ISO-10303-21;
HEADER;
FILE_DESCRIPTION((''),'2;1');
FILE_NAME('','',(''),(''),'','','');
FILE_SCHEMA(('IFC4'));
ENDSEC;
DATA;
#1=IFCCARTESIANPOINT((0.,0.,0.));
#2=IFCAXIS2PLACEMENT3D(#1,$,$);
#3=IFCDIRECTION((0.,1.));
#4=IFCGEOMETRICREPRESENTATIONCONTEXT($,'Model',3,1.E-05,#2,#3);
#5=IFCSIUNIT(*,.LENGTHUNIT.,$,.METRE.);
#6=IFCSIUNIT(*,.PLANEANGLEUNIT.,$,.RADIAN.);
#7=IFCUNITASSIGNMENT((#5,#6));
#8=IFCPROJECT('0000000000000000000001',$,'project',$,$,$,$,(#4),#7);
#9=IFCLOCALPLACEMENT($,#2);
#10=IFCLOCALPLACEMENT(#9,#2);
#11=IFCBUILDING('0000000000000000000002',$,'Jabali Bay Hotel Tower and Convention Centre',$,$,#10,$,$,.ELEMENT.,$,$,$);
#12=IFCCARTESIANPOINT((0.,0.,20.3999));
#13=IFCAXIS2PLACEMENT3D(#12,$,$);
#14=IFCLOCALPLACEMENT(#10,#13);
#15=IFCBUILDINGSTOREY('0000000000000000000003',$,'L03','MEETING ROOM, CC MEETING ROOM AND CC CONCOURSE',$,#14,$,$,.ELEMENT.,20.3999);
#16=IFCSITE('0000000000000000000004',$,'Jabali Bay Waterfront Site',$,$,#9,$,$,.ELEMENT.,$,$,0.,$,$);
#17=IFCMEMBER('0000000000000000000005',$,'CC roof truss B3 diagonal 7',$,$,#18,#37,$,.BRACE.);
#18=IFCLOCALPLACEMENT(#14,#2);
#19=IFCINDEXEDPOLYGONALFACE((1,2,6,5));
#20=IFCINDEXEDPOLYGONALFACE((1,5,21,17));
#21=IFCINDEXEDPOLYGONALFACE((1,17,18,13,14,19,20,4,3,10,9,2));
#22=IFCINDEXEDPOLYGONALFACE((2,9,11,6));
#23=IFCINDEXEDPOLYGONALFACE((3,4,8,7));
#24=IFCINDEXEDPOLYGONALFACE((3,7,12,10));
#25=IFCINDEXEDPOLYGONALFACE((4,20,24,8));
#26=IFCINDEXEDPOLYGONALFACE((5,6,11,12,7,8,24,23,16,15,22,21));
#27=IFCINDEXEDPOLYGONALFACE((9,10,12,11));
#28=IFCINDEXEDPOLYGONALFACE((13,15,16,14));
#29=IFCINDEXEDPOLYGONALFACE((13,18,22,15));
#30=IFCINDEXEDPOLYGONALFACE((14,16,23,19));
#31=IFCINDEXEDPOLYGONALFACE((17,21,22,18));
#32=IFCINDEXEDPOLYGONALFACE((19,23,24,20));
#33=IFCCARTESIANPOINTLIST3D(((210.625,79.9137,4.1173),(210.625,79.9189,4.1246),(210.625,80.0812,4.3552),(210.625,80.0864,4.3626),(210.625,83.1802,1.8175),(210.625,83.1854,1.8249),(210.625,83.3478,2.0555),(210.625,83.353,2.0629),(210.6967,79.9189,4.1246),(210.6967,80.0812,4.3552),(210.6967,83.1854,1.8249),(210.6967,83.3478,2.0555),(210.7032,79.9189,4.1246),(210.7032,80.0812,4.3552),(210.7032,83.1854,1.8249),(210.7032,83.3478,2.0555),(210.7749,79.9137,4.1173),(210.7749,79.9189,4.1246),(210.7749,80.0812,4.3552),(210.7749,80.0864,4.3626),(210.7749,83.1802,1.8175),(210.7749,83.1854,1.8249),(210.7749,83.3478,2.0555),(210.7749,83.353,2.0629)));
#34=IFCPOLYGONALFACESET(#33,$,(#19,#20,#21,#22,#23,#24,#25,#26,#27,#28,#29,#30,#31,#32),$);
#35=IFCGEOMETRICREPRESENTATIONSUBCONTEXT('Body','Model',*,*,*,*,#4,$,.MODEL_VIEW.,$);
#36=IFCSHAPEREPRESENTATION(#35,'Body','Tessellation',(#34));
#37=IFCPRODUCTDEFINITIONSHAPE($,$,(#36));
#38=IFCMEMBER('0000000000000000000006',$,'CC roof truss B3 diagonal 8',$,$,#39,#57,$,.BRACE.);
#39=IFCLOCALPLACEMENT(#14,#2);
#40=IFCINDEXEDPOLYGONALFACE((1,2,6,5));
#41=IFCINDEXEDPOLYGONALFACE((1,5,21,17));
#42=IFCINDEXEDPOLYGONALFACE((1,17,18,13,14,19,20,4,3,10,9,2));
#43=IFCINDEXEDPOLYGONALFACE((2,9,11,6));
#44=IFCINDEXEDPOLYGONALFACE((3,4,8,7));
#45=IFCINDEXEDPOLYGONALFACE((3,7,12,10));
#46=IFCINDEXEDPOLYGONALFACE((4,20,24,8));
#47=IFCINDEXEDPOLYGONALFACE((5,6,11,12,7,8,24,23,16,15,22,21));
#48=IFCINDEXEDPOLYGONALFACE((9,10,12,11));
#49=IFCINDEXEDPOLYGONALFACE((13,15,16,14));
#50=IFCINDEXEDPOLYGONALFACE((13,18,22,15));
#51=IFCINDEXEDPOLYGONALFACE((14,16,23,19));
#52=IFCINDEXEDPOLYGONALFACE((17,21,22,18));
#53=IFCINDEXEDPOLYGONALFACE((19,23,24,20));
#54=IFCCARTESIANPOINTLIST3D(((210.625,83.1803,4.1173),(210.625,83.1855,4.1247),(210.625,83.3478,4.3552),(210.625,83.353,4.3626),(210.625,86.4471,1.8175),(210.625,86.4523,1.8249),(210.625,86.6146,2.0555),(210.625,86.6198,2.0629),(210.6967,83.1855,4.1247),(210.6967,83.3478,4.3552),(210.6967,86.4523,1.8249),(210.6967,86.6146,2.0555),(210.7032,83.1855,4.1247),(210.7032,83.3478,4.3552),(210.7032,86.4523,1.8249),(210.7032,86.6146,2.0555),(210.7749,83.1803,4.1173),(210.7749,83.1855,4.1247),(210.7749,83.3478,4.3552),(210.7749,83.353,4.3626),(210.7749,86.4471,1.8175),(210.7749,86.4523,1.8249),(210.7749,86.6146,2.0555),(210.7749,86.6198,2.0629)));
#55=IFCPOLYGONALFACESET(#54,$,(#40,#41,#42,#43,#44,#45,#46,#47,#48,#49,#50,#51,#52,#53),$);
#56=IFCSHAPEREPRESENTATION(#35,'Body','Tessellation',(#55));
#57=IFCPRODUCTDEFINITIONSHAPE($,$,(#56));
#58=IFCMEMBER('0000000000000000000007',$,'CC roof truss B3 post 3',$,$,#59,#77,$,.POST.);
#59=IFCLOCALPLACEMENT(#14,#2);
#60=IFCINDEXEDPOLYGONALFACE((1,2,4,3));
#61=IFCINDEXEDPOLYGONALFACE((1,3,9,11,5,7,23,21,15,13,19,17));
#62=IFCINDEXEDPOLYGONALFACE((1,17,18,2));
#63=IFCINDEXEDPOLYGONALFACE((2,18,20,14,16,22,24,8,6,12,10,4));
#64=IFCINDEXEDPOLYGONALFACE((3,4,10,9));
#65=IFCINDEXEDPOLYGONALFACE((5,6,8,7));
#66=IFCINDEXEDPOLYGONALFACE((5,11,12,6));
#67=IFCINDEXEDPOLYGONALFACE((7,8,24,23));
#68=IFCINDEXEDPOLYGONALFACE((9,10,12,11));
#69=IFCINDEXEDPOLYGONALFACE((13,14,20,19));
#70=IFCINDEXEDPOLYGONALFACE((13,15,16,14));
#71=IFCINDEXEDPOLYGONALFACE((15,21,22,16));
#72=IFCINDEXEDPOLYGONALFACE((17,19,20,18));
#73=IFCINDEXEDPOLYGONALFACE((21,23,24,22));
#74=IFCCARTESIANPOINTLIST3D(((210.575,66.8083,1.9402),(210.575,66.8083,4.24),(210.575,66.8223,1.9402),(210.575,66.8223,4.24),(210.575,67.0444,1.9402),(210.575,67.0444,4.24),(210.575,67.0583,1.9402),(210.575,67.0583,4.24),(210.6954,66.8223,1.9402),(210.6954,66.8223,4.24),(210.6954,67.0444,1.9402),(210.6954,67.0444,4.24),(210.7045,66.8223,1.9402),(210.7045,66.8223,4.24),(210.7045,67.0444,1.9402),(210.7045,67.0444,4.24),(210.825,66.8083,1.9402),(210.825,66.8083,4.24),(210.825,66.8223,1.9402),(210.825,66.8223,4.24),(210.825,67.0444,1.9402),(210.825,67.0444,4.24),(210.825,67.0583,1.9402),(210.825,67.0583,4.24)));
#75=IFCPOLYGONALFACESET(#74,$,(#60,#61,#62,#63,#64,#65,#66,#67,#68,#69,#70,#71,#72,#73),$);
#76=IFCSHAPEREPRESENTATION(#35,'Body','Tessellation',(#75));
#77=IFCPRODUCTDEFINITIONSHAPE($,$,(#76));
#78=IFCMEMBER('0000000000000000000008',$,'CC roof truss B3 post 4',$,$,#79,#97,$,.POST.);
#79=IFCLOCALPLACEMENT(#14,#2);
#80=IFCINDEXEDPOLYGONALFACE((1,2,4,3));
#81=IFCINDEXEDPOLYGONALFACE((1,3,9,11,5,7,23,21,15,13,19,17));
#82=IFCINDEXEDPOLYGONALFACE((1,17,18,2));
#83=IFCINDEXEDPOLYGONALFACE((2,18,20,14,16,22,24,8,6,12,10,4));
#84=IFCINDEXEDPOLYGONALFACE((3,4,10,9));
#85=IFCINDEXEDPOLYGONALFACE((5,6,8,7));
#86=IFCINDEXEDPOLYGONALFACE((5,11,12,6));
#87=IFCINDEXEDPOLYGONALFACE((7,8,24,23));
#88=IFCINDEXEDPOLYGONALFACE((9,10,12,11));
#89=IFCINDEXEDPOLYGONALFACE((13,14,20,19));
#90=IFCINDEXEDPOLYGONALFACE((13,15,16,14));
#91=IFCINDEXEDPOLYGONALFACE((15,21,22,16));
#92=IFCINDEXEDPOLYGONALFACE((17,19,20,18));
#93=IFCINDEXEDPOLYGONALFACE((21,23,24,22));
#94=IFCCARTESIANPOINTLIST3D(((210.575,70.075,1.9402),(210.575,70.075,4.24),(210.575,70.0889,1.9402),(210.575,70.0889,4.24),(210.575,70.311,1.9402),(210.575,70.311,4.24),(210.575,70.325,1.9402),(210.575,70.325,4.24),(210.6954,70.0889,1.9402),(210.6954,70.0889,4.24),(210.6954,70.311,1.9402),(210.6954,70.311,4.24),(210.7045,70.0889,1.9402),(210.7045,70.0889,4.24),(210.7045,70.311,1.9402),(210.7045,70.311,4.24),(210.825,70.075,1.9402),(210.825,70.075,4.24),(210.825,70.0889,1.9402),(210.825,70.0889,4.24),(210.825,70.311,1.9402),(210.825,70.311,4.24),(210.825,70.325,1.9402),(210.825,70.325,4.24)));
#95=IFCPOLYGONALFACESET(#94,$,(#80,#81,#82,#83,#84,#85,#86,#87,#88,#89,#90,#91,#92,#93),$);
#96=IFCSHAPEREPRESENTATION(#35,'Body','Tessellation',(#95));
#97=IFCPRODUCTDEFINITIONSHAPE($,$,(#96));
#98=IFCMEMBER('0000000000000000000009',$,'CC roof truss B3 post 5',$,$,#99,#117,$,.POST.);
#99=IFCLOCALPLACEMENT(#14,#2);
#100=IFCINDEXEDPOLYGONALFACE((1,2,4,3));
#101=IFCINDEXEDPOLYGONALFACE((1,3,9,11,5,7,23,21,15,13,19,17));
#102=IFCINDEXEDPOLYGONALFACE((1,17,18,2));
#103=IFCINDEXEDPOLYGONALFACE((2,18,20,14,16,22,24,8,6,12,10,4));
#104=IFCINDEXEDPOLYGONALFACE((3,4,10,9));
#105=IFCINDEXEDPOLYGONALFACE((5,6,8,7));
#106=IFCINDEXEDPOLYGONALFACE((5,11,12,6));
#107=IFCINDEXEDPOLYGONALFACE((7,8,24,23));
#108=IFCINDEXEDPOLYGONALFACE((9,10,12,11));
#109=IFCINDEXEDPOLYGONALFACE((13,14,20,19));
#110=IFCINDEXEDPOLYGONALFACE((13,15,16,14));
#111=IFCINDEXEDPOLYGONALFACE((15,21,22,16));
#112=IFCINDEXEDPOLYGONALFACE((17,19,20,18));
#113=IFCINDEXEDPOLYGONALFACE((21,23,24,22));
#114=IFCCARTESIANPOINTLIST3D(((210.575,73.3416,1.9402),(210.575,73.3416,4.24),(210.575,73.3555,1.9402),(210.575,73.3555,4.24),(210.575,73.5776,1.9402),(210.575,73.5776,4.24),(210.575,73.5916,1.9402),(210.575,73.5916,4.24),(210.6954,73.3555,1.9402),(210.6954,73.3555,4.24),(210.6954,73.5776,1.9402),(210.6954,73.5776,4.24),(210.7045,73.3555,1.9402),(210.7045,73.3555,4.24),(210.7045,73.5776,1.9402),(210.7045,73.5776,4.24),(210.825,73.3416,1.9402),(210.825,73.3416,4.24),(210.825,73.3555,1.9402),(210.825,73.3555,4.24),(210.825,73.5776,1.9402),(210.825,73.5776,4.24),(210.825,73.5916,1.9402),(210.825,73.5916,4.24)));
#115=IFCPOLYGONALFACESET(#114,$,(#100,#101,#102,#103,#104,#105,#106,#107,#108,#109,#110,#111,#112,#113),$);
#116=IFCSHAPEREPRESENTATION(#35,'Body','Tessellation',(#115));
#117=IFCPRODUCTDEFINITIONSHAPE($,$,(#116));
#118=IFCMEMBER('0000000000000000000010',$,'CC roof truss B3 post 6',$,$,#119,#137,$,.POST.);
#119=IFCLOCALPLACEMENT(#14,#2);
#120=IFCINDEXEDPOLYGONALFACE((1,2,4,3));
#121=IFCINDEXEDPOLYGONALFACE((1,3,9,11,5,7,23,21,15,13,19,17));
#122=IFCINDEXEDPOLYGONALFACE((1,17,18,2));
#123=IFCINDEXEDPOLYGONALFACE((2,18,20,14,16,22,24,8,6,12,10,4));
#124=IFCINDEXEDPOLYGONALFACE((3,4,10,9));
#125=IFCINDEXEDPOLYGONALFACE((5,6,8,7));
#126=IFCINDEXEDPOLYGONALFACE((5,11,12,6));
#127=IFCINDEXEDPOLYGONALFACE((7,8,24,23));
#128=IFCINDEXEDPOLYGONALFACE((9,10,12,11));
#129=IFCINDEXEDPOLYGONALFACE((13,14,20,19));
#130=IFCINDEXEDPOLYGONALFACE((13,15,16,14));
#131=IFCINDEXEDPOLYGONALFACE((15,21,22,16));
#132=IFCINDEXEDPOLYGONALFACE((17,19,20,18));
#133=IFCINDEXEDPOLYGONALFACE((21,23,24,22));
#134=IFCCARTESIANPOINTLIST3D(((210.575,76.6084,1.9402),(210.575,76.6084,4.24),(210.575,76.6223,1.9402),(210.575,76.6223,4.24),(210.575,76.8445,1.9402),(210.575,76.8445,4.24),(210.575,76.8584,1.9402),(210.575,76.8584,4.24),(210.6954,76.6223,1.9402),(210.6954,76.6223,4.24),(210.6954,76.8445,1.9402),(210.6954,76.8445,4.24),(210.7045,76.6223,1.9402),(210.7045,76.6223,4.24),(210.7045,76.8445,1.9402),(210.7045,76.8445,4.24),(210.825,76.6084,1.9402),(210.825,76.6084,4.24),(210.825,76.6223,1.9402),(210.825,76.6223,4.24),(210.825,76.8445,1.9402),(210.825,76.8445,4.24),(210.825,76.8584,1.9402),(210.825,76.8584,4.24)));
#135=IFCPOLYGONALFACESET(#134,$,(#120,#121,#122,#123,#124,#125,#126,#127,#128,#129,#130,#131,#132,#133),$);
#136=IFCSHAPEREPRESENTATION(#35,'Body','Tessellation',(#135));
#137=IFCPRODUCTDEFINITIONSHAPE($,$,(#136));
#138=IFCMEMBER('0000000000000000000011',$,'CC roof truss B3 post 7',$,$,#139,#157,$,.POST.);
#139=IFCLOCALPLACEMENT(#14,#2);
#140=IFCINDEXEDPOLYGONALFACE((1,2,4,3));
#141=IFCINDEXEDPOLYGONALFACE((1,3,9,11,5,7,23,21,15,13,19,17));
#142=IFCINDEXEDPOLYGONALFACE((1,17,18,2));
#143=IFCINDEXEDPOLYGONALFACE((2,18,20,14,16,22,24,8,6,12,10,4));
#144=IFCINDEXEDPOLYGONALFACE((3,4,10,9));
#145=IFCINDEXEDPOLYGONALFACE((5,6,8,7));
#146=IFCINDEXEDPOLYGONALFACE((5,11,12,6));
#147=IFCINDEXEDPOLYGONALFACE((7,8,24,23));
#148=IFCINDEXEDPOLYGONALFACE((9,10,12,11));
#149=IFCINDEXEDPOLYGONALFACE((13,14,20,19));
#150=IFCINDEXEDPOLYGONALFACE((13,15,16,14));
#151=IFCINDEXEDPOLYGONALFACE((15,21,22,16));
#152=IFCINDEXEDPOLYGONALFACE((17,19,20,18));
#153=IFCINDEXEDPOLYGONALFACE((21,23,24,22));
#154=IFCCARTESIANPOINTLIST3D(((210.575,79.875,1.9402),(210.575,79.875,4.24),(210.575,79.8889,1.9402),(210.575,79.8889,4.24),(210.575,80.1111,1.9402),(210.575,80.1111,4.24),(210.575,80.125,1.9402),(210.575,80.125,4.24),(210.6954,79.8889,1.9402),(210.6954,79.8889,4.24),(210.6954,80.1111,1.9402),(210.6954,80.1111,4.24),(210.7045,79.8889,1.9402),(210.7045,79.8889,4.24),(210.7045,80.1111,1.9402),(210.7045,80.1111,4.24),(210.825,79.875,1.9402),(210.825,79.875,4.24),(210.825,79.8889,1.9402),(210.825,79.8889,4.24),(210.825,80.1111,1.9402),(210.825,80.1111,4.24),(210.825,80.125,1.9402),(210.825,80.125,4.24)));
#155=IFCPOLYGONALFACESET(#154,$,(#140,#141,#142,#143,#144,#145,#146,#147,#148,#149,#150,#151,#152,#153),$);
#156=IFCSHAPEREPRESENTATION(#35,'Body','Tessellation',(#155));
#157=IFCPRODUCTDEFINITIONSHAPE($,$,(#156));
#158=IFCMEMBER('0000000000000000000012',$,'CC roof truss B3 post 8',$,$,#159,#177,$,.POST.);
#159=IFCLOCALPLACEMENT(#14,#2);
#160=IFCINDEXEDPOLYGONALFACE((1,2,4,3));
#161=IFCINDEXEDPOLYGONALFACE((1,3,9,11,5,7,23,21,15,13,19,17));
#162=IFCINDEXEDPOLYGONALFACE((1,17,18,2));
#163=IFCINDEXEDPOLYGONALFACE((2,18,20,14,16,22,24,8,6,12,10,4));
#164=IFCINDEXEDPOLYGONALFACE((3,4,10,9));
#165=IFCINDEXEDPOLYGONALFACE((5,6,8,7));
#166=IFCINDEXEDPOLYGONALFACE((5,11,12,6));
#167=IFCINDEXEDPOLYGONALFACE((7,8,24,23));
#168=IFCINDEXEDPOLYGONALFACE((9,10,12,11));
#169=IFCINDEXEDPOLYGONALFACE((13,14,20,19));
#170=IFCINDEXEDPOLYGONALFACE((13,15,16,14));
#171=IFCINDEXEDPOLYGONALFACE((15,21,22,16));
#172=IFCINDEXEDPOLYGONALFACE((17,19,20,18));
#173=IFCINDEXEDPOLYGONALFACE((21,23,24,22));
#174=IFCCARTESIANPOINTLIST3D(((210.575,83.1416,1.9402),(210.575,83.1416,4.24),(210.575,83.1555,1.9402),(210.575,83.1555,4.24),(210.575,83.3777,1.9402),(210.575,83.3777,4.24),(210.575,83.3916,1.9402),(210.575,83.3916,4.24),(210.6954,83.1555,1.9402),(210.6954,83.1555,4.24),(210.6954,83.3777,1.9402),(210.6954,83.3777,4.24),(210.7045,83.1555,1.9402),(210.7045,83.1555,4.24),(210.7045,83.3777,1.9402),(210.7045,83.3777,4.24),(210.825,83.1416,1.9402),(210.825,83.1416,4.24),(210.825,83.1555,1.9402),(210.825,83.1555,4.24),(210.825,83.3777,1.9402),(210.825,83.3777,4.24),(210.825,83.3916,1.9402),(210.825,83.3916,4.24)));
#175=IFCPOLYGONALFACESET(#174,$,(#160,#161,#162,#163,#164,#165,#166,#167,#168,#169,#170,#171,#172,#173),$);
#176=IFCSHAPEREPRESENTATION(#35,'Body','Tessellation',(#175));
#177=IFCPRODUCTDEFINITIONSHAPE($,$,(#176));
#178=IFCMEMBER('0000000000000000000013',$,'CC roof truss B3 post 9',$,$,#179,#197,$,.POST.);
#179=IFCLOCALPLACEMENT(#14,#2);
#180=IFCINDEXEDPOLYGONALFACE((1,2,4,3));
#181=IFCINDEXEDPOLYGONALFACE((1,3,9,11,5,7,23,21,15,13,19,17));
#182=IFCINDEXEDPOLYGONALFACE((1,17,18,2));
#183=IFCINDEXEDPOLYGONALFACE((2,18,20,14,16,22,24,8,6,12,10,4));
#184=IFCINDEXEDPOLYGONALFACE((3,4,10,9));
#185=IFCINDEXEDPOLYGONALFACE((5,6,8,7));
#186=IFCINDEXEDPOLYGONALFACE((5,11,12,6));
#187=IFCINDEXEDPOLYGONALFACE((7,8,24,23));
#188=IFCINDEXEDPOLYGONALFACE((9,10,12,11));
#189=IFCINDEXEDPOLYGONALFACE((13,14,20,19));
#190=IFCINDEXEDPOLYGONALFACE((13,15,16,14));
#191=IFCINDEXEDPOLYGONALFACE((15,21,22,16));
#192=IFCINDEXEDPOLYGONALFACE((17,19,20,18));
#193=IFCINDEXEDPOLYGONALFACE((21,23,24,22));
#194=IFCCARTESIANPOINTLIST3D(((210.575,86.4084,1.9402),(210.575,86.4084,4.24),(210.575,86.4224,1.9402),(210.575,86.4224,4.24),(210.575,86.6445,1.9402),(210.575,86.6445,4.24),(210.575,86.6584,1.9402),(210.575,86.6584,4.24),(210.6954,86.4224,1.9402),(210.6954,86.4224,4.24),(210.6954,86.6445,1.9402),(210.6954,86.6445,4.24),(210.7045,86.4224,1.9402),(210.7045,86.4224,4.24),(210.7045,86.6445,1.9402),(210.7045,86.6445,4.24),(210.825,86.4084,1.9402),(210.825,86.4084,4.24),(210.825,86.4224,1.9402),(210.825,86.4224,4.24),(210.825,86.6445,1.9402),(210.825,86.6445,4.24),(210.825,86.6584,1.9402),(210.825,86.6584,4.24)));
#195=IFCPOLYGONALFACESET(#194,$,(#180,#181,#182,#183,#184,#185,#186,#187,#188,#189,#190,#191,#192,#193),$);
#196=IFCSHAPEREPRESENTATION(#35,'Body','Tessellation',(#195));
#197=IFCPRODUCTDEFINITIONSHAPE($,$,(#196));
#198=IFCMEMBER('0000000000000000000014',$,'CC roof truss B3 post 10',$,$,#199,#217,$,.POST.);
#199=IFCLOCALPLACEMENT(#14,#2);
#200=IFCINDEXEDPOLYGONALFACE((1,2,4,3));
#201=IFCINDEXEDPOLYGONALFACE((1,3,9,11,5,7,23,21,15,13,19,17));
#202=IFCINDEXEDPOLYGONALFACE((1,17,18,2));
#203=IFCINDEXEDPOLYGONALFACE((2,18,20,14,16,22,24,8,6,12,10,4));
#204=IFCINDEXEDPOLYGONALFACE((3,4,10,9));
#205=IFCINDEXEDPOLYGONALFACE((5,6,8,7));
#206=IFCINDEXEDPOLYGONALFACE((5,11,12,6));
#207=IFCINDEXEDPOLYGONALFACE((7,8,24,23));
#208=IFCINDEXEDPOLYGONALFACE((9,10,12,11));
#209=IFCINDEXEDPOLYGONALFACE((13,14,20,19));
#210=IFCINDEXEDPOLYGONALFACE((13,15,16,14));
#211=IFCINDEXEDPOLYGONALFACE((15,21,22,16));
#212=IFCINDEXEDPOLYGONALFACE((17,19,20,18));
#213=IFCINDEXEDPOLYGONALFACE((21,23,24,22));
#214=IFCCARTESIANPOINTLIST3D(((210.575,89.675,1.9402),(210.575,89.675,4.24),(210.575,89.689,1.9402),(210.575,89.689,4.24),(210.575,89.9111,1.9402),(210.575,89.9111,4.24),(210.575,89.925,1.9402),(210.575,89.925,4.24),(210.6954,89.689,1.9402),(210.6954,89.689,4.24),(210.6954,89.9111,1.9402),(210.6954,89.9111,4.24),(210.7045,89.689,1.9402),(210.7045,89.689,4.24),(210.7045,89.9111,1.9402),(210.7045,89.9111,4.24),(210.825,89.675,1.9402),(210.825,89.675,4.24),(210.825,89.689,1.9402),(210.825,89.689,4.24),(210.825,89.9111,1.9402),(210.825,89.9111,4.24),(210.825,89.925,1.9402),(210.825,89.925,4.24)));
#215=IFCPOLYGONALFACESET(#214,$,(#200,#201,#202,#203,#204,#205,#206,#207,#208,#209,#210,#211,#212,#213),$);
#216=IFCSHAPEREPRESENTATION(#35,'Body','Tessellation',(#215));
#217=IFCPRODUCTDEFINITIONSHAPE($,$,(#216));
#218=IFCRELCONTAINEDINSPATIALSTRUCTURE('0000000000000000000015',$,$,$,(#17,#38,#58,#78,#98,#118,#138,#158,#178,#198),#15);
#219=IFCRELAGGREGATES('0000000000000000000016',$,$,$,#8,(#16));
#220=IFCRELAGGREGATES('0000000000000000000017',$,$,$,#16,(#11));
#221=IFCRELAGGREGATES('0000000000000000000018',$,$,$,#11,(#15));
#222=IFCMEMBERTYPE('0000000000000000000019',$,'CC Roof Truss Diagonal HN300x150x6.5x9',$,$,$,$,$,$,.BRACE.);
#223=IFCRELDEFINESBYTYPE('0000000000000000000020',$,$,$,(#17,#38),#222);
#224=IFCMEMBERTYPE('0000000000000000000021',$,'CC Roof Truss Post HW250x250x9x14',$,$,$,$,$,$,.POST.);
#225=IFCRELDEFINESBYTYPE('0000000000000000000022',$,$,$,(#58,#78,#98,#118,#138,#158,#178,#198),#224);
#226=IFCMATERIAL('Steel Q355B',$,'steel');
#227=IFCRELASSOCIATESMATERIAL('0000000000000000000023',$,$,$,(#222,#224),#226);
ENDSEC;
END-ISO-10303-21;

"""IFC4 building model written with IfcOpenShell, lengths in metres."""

from ifc_helpers import new_model, si_unit, direction, frame, origin, origin_2d, place, context, subcontext, project, spatial, i_section, extrude, material, material_profile, profile_set, type_object, element, save


model = new_model("IFC4")

# Units and contexts
model_context = context("Model", 3, precision=1e-05, world=origin(), true_north=direction((0.0, 1.0)))
body_context = subcontext(model_context, "Body", "Model", "MODEL_VIEW")
ifc_project = project(units=[si_unit("LENGTHUNIT", "METRE"), si_unit("PLANEANGLEUNIT", "RADIAN")], contexts=[model_context])

# Site, building, storey
site_placement = place(None, origin())
site = spatial("IfcSite", under=ifc_project, at=site_placement, Name="Jabali Bay Waterfront Site", CompositionType="ELEMENT", RefElevation=0.0)
building_placement = place(site_placement, origin())
building = spatial("IfcBuilding", under=site, at=building_placement, Name="Jabali Bay Hotel Tower and Convention Centre", CompositionType="ELEMENT")
storey_placement = place(building_placement, frame((0.0, 0.0, 20.3999)))
storey = spatial("IfcBuildingStorey", under=building, at=storey_placement, Name="L03", Description="MEETING ROOM, CC MEETING ROOM AND CC CONCOURSE", CompositionType="ELEMENT", Elevation=20.3999)

# Members
ifc_material = material(Name="Steel Q355B", Category="steel")
ifc_material_profile_1 = material_profile(ifc_material, i_section(OverallWidth=0.1499, OverallDepth=0.3, WebThickness=0.0066, FlangeThickness=0.009, at=origin_2d()), Name="HN300x150x6.5x9")
ifc_profile_set_1 = profile_set([ifc_material_profile_1], Name="Steel Q355B")
member_type_1 = type_object("IfcMemberType", Name="CC Roof Truss Diagonal HN300x150x6.5x9", PredefinedType="BRACE", material=ifc_profile_set_1)
for number, where, z_axis, x_axis, name in (
    (1, (210.7, 83.2666, 1.9402), (0.0, -0.817679, 0.575675), (1.0, 0.0, 0.0), "CC roof truss B3 diagonal 7"),
):
    element("IfcMember", number, at=place(storey_placement, frame(where, z_axis=z_axis, x_axis=x_axis)), inside=storey, type_object=member_type_1, Name=name, PredefinedType="BRACE", context=body_context, shape_type="SweptSolid", body=[
        extrude(i_section(OverallWidth=0.1499, OverallDepth=0.3, WebThickness=0.0066, FlangeThickness=0.009, at=origin_2d()), origin(), (0.0, 0.0, 1.0), 3.9949),
    ])
member_1_placement = place(storey_placement, frame((210.7, 86.5334, 1.9402), z_axis=(0.0, -0.817699, 0.575646), x_axis=(1.0, 0.0, 0.0)))
element("IfcMember", 2, at=member_1_placement, inside=storey, type_object=member_type_1, Name="CC roof truss B3 diagonal 8", PredefinedType="BRACE", context=body_context, shape_type="SweptSolid", body=[
    extrude(i_section(OverallWidth=0.1499, OverallDepth=0.3, WebThickness=0.0066, FlangeThickness=0.009, at=origin_2d()), origin(), (0.0, 0.0, 1.0), 3.9951),
])
ifc_material_profile_2 = material_profile(ifc_material, i_section(OverallWidth=0.25, OverallDepth=0.25, WebThickness=0.009, FlangeThickness=0.0139, at=origin_2d()), Name="HW250x250x9x14")
ifc_profile_set_2 = profile_set([ifc_material_profile_2], Name="Steel Q355B")
member_type_2 = type_object("IfcMemberType", Name="CC Roof Truss Post HW250x250x9x14", PredefinedType="POST", material=ifc_profile_set_2)
for number, where, z_axis, x_axis, name in (
    (3, (210.7, 66.9333, 1.9402), (0.0, 0.0, 1.0), (1.0, 0.0, 0.0), "CC roof truss B3 post 3"),
    (4, (210.7, 70.2, 1.9402), (0.0, 0.0, 1.0), (1.0, 0.0, 0.0), "CC roof truss B3 post 4"),
    (5, (210.7, 73.4666, 1.9402), (0.0, 0.0, 1.0), (1.0, 0.0, 0.0), "CC roof truss B3 post 5"),
    (6, (210.7, 76.7334, 1.9402), (0.0, 0.0, 1.0), (1.0, 0.0, 0.0), "CC roof truss B3 post 6"),
    (7, (210.7, 80.0, 1.9402), (0.0, 0.0, 1.0), (1.0, 0.0, 0.0), "CC roof truss B3 post 7"),
    (8, (210.7, 83.2666, 1.9402), (0.0, 0.0, 1.0), (1.0, 0.0, 0.0), "CC roof truss B3 post 8"),
    (9, (210.7, 86.5334, 1.9402), (0.0, 0.0, 1.0), (1.0, 0.0, 0.0), "CC roof truss B3 post 9"),
    (10, (210.7, 89.8, 1.9402), (0.0, 0.0, 1.0), (1.0, 0.0, 0.0), "CC roof truss B3 post 10"),
):
    element("IfcMember", number, at=place(storey_placement, frame(where, z_axis=z_axis, x_axis=x_axis)), inside=storey, type_object=member_type_2, Name=name, PredefinedType="POST", context=body_context, shape_type="SweptSolid", body=[
        extrude(i_section(OverallWidth=0.25, OverallDepth=0.25, WebThickness=0.009, FlangeThickness=0.0139, at=origin_2d()), origin(), (0.0, 0.0, 1.0), 2.2998),
    ])

save(model, "model.ifc")
